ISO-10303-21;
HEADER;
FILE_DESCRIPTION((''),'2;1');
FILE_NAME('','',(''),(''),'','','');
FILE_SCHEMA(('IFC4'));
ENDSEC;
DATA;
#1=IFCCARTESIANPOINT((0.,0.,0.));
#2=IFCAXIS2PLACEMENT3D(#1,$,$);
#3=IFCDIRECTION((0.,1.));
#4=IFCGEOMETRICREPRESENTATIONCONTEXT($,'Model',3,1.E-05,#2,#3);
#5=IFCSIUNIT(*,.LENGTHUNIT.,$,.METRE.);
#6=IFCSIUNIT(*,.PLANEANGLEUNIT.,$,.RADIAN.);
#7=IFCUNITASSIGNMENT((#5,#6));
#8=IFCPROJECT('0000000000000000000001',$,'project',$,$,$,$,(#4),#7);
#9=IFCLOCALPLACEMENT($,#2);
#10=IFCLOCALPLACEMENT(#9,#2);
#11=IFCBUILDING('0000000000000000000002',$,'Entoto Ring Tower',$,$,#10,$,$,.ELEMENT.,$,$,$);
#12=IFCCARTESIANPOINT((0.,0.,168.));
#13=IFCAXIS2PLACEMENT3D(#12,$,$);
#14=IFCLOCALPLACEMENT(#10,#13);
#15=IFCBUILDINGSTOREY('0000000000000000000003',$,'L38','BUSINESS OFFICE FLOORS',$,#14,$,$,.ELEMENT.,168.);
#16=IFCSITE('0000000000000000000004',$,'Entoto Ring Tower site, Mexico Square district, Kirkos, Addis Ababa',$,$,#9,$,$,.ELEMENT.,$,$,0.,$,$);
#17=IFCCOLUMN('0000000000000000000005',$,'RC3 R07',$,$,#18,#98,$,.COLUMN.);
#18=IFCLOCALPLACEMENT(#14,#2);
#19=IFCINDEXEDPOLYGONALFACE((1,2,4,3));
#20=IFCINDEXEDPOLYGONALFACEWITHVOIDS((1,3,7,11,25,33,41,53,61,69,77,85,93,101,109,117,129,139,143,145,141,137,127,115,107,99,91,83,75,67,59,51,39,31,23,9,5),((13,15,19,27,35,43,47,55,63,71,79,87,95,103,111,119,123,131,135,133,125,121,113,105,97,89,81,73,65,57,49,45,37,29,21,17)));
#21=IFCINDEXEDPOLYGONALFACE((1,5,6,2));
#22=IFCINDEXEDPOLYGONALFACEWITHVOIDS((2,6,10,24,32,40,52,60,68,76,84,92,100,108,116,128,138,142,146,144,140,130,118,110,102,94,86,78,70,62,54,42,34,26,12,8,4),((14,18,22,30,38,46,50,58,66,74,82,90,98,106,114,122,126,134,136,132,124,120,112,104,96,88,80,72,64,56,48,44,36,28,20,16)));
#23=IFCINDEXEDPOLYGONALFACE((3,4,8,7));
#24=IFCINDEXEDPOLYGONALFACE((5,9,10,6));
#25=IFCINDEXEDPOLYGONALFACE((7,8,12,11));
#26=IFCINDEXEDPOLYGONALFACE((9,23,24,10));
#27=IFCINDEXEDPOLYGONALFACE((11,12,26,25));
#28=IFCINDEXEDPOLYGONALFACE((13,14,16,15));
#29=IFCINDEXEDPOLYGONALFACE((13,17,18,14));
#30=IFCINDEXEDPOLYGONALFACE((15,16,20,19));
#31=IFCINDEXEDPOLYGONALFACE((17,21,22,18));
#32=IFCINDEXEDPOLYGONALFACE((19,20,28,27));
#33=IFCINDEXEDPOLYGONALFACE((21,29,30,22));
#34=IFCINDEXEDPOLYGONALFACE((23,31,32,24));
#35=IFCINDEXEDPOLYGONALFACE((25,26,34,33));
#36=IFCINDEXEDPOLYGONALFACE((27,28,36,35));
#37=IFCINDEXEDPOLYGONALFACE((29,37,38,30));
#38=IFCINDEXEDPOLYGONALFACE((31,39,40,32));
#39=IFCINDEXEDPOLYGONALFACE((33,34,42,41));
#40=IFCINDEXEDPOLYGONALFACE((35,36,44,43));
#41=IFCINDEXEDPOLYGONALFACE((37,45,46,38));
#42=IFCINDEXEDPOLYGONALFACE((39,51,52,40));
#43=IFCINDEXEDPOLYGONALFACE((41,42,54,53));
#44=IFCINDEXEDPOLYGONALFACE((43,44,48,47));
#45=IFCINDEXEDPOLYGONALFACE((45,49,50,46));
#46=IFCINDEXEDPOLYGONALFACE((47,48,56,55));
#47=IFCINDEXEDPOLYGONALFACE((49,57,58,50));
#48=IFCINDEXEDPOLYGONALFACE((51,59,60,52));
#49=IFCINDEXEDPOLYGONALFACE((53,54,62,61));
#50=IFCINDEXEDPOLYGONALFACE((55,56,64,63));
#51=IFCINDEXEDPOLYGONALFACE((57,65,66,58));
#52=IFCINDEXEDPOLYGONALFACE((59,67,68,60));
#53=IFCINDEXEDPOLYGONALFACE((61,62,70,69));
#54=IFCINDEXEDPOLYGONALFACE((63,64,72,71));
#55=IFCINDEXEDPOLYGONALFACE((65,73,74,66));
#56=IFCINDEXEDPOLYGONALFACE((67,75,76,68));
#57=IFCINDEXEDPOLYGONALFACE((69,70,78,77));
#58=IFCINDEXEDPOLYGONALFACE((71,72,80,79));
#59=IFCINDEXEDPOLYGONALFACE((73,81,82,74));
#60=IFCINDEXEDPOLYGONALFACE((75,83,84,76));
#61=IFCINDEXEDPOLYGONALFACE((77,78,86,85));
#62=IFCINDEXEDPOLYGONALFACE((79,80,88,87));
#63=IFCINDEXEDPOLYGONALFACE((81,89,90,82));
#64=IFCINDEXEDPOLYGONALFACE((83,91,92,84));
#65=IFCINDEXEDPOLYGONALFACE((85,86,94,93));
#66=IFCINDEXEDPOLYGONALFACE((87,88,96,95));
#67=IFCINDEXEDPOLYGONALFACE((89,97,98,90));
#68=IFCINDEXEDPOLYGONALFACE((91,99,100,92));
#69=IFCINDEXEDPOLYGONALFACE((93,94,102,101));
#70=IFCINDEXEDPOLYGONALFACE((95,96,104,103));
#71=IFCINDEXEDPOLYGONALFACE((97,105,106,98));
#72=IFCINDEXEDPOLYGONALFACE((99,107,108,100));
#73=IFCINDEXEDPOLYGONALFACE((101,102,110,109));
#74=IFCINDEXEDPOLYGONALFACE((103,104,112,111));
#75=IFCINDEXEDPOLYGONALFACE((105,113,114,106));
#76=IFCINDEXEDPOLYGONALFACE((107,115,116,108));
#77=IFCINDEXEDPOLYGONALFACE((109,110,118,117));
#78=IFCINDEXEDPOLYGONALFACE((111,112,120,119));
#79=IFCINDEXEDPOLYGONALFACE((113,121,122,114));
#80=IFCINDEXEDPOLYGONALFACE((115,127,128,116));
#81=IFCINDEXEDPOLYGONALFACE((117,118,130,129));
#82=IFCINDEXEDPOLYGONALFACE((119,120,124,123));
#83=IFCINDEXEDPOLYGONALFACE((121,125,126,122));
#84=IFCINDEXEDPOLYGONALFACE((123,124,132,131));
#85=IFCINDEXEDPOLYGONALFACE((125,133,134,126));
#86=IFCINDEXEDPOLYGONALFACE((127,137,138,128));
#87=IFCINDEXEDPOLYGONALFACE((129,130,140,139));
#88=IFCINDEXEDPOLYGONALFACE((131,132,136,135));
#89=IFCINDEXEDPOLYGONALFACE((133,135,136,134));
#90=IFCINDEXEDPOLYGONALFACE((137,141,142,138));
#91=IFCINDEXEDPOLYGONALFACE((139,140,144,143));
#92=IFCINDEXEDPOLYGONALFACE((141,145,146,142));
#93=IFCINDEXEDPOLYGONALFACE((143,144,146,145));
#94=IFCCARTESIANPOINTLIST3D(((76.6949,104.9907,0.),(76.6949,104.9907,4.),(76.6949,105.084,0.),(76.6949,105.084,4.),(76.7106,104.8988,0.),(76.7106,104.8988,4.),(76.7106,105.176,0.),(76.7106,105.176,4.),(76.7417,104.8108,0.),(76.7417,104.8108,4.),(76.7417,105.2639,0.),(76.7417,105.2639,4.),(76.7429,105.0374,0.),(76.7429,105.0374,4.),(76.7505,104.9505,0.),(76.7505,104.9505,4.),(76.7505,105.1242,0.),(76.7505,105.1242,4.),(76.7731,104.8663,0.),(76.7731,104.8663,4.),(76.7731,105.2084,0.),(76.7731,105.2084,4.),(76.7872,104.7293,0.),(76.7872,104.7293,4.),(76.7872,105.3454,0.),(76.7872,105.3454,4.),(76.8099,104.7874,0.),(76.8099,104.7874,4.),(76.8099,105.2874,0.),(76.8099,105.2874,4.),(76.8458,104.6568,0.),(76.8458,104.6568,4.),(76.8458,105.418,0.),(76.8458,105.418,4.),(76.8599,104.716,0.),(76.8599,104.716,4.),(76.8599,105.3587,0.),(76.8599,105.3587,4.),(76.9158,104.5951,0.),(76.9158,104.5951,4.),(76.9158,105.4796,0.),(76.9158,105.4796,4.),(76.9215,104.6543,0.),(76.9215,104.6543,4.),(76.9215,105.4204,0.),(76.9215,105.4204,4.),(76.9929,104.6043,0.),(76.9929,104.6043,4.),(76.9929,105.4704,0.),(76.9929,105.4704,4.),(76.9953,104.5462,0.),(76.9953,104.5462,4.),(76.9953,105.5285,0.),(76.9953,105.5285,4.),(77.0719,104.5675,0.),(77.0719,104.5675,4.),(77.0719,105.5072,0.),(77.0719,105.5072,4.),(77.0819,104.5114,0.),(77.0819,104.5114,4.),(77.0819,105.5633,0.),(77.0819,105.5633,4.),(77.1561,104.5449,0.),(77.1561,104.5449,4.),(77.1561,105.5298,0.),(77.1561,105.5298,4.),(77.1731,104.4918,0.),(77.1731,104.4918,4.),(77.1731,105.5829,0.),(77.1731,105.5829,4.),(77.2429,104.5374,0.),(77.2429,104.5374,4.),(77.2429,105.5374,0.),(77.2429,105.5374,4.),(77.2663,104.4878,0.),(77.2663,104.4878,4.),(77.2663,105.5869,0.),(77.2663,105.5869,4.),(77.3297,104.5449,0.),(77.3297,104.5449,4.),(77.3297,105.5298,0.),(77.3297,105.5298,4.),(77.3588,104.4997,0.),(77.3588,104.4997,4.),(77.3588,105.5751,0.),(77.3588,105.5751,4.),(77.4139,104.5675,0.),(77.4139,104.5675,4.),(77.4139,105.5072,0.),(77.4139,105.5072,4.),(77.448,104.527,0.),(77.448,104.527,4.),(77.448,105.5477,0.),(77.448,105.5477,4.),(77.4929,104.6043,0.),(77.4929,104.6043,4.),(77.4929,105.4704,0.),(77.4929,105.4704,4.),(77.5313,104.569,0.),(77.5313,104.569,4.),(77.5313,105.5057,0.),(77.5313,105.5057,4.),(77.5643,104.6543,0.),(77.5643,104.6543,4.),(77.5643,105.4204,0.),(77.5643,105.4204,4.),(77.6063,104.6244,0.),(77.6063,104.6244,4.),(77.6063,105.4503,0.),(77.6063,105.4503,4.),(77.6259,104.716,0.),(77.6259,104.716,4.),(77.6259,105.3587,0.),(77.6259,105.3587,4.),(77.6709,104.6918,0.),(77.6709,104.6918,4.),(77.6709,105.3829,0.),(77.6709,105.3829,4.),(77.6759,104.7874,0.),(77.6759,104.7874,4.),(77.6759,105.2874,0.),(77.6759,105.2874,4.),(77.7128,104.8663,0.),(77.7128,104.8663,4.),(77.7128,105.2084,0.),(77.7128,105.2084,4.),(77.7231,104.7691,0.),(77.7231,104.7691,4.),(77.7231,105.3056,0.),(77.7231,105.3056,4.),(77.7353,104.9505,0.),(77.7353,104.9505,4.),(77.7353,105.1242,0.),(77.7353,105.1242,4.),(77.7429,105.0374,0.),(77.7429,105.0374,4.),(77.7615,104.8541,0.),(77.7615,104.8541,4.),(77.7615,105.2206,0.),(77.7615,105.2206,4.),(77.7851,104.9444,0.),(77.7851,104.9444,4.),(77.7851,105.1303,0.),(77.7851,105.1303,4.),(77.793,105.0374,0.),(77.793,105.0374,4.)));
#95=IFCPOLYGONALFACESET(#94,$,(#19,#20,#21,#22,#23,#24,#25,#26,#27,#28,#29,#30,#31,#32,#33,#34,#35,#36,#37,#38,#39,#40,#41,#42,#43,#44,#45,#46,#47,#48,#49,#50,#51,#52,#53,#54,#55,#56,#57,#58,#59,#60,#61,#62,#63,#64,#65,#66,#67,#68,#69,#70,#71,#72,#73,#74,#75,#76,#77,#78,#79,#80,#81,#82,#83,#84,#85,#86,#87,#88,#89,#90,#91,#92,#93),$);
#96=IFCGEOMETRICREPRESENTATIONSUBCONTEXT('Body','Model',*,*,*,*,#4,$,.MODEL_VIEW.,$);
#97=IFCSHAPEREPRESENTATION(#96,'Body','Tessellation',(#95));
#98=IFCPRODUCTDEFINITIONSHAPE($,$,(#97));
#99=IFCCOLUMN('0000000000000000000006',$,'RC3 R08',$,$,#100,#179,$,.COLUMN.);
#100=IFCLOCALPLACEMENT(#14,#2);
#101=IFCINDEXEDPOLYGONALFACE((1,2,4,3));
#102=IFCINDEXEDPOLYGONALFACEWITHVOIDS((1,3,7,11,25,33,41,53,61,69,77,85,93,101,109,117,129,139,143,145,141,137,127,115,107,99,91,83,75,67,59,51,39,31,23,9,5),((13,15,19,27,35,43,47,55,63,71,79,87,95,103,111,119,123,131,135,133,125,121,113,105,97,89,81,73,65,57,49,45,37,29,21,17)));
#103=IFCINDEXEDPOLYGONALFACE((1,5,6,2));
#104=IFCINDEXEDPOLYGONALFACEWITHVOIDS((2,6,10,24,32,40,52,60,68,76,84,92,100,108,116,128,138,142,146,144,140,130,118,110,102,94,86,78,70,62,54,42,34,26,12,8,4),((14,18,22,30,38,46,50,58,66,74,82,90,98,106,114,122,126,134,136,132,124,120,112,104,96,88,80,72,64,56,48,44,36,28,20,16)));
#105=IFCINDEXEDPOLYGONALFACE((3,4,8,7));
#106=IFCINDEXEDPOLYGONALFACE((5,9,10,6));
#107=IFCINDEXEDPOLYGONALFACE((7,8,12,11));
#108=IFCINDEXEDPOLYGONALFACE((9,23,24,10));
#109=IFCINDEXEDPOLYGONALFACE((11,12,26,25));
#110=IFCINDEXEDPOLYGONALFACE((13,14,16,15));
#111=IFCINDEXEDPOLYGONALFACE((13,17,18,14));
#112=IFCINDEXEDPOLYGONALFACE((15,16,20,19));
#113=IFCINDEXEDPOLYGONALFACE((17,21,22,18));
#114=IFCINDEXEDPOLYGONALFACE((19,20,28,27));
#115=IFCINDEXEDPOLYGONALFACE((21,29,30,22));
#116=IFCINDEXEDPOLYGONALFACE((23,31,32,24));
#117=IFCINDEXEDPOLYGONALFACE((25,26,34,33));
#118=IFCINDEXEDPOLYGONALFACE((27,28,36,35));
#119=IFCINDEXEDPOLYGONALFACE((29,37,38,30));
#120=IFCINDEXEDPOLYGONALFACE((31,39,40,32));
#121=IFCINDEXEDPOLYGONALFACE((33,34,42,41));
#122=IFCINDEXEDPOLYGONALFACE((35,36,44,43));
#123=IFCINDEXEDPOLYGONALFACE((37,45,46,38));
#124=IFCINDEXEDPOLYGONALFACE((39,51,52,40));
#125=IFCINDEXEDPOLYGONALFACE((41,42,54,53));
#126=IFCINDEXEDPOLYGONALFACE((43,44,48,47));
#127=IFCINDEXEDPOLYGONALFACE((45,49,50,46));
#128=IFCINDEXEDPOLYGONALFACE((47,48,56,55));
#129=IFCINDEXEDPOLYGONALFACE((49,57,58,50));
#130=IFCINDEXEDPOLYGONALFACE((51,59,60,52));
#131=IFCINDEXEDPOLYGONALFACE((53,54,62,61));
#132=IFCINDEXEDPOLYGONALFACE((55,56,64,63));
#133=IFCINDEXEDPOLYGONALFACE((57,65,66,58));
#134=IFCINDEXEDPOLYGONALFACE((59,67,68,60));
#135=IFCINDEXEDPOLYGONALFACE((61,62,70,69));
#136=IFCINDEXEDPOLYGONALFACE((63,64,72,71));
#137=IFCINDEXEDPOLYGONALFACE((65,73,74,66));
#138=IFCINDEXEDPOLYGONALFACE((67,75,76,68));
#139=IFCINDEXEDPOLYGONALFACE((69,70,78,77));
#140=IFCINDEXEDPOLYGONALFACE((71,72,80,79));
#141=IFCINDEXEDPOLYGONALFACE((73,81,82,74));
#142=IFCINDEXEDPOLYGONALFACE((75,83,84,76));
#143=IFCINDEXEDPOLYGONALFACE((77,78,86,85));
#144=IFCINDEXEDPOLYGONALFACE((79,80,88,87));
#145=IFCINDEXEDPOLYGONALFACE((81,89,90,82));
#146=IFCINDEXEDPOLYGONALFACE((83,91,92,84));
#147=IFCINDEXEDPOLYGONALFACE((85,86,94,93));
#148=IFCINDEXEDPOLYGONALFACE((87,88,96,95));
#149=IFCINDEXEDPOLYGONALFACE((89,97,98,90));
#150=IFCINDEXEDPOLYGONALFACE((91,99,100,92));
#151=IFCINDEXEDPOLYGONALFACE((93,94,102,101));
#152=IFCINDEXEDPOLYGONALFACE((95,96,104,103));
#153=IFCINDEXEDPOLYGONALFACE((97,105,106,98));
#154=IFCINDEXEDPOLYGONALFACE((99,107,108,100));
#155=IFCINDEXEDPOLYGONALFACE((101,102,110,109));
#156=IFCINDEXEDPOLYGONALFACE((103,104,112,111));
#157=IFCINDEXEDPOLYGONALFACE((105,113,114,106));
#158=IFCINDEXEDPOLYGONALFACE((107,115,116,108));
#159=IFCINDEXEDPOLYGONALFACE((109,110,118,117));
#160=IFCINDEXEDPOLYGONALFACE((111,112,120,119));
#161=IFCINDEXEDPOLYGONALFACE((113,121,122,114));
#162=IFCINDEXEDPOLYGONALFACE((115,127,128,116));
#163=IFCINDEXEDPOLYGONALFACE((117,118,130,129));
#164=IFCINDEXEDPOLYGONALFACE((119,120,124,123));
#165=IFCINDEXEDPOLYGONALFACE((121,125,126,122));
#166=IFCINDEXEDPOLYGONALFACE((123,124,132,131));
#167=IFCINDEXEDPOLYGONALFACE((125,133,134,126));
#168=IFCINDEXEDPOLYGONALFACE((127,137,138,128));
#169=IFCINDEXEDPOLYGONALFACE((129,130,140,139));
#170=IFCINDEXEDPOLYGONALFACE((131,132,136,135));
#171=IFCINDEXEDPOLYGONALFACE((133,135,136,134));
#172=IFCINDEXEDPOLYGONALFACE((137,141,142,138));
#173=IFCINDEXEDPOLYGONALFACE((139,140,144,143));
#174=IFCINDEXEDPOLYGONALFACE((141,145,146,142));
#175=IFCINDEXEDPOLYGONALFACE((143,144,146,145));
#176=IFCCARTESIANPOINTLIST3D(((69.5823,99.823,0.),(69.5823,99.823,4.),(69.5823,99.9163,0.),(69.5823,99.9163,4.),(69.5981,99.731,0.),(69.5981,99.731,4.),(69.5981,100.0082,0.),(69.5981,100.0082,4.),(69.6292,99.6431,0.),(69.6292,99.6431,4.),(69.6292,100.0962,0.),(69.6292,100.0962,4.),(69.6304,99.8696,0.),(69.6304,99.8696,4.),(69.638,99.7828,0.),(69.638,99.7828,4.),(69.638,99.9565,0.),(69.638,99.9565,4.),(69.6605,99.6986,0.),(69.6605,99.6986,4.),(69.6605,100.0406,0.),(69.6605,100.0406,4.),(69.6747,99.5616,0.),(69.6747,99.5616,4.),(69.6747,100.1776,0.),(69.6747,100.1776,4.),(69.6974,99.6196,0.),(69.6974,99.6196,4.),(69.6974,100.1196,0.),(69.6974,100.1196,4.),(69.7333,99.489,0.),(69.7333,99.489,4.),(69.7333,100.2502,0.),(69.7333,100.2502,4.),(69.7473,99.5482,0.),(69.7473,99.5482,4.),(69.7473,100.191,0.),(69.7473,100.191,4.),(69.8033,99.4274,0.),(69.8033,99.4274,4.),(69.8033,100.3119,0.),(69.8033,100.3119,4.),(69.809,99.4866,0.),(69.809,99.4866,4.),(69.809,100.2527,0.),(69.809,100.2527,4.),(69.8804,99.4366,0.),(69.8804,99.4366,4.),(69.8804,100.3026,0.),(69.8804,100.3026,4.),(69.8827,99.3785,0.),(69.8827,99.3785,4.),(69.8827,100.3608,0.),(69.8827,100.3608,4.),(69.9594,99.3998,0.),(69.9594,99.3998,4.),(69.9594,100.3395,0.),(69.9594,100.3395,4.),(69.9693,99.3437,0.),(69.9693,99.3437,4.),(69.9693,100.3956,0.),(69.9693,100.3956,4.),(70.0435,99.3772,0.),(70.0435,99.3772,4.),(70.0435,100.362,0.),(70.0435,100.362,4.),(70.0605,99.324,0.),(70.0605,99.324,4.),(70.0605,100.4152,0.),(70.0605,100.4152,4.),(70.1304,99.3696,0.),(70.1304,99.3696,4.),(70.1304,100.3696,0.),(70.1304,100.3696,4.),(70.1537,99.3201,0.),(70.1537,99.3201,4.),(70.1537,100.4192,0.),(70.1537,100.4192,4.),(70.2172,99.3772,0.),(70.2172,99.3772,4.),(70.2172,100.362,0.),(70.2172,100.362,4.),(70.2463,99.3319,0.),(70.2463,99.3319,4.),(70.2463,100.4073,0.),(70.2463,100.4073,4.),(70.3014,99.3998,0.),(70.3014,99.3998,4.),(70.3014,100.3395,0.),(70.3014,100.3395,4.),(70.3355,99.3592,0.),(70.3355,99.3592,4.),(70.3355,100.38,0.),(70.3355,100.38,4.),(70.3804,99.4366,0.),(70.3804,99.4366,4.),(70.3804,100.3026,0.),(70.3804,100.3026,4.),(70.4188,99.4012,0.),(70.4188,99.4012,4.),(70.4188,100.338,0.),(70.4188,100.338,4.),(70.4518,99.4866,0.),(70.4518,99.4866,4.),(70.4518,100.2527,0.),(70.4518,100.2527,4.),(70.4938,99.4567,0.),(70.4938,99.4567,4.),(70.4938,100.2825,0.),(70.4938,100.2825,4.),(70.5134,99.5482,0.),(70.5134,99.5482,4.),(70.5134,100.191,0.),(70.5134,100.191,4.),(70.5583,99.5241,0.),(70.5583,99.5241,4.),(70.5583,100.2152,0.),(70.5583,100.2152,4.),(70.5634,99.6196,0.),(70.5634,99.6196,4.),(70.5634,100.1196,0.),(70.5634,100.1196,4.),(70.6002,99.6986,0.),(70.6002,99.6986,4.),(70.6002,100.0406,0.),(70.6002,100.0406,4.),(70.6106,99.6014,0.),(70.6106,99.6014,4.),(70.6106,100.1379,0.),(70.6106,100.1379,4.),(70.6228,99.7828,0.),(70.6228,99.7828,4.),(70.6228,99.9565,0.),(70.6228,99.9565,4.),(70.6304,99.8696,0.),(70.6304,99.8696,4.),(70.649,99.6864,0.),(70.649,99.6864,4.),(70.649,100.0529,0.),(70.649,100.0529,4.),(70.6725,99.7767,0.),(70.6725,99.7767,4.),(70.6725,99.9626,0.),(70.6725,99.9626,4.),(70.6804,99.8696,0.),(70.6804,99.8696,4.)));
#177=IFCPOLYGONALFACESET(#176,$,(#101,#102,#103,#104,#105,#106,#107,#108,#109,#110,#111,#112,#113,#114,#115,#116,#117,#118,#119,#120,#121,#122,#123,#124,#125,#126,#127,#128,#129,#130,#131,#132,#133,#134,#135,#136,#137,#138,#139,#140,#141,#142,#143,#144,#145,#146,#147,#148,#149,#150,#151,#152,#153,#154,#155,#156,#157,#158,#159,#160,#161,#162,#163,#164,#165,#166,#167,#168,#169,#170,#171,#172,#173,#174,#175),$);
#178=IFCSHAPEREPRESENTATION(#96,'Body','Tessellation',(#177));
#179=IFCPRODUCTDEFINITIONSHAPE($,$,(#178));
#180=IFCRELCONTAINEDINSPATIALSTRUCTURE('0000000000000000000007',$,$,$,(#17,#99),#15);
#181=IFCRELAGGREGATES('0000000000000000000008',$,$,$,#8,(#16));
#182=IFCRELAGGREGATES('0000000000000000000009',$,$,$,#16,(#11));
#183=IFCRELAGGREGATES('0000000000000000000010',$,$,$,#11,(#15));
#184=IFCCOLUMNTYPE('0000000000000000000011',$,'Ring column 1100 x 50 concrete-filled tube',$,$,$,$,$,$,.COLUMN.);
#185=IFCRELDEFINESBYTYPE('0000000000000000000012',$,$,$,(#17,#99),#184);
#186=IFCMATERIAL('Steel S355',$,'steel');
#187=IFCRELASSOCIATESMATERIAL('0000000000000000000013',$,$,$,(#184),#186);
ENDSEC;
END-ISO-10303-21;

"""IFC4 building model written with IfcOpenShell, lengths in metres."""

from ifc_helpers import new_model, si_unit, direction, frame, origin, origin_2d, place, context, subcontext, project, spatial, circle, hollow_circle, extrude, material, material_profile, profile_set, type_object, element, save


model = new_model("IFC4")

# Units and contexts
model_context = context("Model", 3, precision=1e-05, world=origin(), true_north=direction((0.0, 1.0)))
body_context = subcontext(model_context, "Body", "Model", "MODEL_VIEW")
ifc_project = project(units=[si_unit("LENGTHUNIT", "METRE"), si_unit("PLANEANGLEUNIT", "RADIAN")], contexts=[model_context])

# Site, building, storey
site_placement = place(None, origin())
site = spatial("IfcSite", under=ifc_project, at=site_placement, Name="Entoto Ring Tower site, Mexico Square district, Kirkos, Addis Ababa", CompositionType="ELEMENT", RefElevation=0.0)
building_placement = place(site_placement, origin())
building = spatial("IfcBuilding", under=site, at=building_placement, Name="Entoto Ring Tower", CompositionType="ELEMENT")
storey_placement = place(building_placement, frame((0.0, 0.0, 168.0)))
storey = spatial("IfcBuildingStorey", under=building, at=storey_placement, Name="L38", Description="BUSINESS OFFICE FLOORS", CompositionType="ELEMENT", Elevation=168.0)

# Columns
ifc_material_1 = material(Name="Steel S355", Category="steel")
ifc_material_profile_1 = material_profile(ifc_material_1, hollow_circle(Radius=0.55, WallThickness=0.05, at=origin_2d()), Name="CHS 1100 x 50")
ifc_material_2 = material(Name="Concrete C60/75", Category="concrete")
ifc_material_profile_2 = material_profile(ifc_material_2, circle(Radius=0.5, at=origin_2d()), Name="Concrete C60/75 infill")
ifc_profile_set_1 = profile_set([ifc_material_profile_1, ifc_material_profile_2], Name="Steel S355")
column_type = type_object("IfcColumnType", Name="Ring column 1100 x 50 concrete-filled tube", PredefinedType="COLUMN", material=ifc_profile_set_1)
for number, where, z_axis, x_axis, name in (
    (1, (77.2429, 105.0374, 0.0), (0.0, 0.0, 1.0), (1.0, 0.0, 0.0), "RC3 R07"),
    (2, (70.1304, 99.8696, 0.0), (0.0, 0.0, 1.0), (1.0, 0.0, 0.0), "RC3 R08"),
):
    element("IfcColumn", number, at=place(storey_placement, frame(where, z_axis=z_axis, x_axis=x_axis)), inside=storey, type_object=column_type, Name=name, PredefinedType="COLUMN", context=body_context, shape_type="SweptSolid", body=[
        extrude(hollow_circle(Radius=0.55, WallThickness=0.05, at=origin_2d()), origin(), (0.0, 0.0, 1.0), 4.0),
    ])

save(model, "model.ifc")
